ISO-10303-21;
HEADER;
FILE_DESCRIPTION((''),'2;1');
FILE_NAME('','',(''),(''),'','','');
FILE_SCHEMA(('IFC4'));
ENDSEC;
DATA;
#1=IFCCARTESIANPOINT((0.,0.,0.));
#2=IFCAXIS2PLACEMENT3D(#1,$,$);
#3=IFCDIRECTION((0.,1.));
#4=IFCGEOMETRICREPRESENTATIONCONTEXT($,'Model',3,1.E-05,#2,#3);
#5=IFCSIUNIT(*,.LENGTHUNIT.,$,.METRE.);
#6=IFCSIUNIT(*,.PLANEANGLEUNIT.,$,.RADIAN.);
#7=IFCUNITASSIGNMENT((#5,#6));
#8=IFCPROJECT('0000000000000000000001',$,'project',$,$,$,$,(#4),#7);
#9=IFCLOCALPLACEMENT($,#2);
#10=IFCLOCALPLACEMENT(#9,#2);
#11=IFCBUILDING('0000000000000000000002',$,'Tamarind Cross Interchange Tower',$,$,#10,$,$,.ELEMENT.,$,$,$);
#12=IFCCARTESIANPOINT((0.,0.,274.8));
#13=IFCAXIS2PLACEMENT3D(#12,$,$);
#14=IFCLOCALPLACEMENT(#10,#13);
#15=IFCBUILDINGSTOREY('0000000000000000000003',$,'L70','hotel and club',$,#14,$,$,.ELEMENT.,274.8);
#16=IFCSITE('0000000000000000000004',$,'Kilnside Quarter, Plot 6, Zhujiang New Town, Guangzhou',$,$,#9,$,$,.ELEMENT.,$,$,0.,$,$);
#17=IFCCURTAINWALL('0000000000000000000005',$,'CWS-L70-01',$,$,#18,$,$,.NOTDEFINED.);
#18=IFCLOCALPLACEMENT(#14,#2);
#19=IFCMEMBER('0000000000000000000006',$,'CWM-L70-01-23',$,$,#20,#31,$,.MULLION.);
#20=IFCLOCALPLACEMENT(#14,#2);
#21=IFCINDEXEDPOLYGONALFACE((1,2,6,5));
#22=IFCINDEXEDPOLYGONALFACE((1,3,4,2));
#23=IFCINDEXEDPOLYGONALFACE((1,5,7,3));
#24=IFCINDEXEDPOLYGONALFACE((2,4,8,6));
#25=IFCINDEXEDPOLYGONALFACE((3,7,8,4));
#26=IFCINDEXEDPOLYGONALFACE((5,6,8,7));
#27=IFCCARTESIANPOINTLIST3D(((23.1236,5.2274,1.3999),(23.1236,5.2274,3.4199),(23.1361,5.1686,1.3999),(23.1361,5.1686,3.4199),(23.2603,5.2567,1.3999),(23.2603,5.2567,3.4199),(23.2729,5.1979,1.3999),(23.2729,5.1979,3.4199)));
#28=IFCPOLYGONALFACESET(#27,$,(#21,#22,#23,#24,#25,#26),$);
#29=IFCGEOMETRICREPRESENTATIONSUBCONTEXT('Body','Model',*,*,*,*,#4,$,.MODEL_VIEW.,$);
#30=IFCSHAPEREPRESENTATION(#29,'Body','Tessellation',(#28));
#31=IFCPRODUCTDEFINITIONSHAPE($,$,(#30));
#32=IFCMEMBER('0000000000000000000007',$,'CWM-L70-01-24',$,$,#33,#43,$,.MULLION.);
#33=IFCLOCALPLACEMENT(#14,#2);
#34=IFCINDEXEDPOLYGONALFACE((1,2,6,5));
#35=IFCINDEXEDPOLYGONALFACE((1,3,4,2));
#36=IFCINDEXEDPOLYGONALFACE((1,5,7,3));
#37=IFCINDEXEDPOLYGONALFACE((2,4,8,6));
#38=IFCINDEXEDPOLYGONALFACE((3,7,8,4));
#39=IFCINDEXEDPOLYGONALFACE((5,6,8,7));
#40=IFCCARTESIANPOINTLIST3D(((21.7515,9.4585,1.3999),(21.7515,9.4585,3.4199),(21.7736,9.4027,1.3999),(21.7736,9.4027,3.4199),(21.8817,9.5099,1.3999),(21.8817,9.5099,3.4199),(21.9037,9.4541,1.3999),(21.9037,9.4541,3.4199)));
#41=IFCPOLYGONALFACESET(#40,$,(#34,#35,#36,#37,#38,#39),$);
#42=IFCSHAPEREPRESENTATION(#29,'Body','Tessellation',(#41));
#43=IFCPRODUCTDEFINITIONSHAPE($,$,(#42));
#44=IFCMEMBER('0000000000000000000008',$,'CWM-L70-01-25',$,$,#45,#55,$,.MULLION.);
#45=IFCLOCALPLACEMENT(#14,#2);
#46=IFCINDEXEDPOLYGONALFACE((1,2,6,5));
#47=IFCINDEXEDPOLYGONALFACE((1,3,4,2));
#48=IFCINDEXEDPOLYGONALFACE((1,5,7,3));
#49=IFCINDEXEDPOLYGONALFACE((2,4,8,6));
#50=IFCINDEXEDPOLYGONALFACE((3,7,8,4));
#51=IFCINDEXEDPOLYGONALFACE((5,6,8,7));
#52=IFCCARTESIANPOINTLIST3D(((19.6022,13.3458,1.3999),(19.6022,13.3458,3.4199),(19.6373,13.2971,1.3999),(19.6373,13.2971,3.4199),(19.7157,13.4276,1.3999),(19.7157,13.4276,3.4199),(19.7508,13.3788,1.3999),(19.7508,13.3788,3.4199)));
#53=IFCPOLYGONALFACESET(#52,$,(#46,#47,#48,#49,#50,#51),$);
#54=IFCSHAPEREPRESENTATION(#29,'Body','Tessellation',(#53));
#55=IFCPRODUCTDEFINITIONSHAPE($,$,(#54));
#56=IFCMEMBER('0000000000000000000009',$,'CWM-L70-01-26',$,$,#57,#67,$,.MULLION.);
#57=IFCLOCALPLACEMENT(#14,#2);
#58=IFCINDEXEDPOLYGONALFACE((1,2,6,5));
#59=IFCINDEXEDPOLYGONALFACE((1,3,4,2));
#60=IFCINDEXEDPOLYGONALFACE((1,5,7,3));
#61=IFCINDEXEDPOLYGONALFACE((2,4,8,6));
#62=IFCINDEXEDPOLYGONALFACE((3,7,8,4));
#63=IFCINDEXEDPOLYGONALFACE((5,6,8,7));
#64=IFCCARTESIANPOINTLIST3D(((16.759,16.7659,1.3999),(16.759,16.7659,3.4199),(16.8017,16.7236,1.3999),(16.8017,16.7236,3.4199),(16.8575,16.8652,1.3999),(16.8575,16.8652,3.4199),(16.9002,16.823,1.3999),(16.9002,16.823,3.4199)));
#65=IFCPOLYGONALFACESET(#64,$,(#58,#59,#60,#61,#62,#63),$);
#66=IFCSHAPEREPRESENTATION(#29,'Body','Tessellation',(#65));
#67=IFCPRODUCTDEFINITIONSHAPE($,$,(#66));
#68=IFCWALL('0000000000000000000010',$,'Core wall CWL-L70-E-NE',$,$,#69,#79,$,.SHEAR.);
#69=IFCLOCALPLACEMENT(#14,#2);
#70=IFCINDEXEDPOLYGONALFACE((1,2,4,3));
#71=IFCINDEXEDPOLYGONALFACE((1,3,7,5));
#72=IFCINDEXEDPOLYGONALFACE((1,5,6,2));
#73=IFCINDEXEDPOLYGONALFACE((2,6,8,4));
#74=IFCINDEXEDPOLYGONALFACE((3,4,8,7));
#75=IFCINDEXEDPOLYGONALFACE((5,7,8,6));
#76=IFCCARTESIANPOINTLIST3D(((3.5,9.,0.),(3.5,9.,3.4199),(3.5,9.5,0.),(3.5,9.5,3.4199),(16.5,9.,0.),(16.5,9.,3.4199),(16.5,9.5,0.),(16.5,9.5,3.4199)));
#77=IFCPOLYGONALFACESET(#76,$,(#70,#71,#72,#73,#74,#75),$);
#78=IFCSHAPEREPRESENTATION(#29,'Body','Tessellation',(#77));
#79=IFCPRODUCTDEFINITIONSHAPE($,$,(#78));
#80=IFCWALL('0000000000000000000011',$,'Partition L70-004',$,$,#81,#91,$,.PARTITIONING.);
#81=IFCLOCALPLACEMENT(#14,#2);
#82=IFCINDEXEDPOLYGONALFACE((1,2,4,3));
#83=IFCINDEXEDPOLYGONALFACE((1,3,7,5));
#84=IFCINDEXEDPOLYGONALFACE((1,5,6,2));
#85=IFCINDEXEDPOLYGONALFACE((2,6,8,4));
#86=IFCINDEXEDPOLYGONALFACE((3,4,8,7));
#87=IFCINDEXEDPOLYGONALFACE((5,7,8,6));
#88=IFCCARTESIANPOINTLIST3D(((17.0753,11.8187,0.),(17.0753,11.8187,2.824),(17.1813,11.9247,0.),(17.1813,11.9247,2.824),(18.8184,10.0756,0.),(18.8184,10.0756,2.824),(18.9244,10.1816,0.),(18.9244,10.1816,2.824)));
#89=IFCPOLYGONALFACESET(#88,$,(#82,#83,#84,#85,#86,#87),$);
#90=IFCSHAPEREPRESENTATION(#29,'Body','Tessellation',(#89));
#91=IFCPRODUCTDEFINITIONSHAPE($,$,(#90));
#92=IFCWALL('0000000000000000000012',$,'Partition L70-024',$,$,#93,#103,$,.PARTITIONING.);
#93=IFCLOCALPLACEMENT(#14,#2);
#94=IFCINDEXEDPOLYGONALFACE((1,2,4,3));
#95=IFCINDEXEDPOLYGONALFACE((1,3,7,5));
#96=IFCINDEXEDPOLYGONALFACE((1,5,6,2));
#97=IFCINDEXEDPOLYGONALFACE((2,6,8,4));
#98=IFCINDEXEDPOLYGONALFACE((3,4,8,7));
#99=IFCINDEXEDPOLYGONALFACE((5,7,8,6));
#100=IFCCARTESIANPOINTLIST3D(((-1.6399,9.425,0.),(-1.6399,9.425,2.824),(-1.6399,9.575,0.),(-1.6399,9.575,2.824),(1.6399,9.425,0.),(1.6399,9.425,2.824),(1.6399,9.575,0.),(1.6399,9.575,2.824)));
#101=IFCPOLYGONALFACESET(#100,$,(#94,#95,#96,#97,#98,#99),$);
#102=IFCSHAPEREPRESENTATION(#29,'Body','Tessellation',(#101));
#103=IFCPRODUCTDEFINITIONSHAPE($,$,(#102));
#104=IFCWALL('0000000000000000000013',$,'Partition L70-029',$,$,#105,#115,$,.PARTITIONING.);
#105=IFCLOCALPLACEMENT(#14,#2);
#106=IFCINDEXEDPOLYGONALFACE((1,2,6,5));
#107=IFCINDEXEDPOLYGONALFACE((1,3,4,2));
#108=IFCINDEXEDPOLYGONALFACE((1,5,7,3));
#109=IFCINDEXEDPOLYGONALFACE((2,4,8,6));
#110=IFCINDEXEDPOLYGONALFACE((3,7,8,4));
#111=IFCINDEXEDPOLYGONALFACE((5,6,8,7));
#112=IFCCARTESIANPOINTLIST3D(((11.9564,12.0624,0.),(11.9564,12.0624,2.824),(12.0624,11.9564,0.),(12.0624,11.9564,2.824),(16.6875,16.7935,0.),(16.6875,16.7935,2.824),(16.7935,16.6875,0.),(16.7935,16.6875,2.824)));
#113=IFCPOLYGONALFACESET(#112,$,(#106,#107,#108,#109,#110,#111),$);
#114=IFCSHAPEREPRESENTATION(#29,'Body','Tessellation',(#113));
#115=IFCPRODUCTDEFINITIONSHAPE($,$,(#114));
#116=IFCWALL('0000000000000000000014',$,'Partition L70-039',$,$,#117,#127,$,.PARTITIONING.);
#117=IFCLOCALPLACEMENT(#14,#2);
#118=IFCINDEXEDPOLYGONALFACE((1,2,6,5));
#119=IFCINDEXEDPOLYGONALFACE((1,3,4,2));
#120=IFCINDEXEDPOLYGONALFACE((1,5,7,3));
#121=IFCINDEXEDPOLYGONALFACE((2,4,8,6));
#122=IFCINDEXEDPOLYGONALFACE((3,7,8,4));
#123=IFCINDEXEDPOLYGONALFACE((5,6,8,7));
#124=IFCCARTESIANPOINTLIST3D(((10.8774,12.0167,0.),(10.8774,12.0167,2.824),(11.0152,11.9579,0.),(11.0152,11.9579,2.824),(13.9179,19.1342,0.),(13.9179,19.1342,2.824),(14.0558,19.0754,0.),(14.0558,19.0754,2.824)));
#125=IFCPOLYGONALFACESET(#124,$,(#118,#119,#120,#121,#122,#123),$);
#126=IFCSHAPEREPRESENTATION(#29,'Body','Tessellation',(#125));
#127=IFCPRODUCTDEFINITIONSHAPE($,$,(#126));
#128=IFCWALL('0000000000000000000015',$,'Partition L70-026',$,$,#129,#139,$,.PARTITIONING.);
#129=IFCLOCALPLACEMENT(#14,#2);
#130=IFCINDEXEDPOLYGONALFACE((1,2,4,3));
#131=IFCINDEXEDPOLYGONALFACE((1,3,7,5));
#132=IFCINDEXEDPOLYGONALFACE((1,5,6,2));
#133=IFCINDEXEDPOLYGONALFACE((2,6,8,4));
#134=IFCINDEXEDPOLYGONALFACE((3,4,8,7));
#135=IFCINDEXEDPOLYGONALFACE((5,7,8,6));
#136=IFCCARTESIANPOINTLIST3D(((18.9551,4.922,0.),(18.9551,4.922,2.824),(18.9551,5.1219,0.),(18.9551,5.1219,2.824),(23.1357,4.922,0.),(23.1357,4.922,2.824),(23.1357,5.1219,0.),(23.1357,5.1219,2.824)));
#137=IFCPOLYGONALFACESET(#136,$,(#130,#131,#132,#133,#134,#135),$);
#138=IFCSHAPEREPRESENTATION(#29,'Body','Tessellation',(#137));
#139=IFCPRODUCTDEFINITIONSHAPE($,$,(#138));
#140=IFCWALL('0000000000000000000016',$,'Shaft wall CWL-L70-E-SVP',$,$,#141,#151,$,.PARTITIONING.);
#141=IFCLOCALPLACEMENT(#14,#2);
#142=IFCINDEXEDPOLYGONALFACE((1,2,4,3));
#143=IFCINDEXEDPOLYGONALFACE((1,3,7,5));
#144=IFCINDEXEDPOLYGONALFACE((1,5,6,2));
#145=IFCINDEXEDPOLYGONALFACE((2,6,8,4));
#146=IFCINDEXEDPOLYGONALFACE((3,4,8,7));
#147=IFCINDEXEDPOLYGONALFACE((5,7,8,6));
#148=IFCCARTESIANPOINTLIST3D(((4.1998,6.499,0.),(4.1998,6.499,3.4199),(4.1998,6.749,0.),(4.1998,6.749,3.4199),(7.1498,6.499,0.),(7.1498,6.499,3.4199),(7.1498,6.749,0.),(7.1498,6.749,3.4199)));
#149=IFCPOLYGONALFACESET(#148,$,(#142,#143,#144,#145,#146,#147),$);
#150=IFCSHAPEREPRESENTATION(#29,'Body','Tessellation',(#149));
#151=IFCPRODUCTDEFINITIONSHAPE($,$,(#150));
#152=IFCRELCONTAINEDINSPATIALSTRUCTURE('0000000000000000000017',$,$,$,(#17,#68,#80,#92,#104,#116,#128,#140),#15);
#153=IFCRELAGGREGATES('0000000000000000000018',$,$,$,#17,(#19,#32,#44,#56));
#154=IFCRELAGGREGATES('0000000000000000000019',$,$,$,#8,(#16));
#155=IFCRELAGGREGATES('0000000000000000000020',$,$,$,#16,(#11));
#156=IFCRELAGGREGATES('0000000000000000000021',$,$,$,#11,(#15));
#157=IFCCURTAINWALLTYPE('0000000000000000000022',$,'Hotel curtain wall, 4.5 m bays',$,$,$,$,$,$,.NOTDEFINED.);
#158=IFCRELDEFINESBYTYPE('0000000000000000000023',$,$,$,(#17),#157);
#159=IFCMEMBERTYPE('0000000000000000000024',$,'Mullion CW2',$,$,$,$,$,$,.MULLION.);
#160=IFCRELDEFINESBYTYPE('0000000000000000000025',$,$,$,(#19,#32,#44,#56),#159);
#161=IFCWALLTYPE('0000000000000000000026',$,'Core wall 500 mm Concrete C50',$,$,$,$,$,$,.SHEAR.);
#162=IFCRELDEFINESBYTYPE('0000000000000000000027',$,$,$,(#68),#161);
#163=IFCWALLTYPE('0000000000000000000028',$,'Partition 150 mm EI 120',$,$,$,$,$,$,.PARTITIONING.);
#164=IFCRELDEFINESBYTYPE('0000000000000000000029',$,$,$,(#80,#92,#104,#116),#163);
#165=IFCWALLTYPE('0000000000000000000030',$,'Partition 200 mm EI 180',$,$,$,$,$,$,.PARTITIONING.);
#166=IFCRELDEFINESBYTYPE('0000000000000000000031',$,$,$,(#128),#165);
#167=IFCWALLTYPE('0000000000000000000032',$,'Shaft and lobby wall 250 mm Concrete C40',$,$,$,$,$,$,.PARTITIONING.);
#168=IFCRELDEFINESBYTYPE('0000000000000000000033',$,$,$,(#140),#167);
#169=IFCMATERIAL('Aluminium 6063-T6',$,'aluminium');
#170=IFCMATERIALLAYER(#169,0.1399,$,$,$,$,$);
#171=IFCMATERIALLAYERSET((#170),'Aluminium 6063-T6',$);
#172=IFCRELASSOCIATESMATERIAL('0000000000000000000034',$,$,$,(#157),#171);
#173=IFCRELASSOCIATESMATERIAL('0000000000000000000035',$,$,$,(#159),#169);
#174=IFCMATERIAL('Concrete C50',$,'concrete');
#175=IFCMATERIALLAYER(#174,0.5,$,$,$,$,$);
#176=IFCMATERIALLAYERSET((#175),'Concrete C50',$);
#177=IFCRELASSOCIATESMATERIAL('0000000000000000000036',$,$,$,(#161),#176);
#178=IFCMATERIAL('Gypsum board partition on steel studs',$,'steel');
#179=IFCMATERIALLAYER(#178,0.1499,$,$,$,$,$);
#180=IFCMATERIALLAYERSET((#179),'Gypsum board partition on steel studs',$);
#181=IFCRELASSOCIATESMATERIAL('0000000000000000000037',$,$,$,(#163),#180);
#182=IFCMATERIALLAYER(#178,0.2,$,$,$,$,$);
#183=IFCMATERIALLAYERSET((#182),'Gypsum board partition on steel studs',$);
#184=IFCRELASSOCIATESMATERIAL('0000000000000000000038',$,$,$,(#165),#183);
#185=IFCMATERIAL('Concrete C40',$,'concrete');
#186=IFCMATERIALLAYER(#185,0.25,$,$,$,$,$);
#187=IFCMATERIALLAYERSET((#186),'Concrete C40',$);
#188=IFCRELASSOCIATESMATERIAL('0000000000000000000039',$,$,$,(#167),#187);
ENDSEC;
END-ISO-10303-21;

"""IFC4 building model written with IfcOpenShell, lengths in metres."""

from ifc_helpers import new_model, si_unit, direction, frame, frame_2d, origin, origin_2d, place, context, subcontext, project, spatial, rectangle, extrude, material, layer, layer_set, material_profile, profile_set, type_object, element, aggregate, save


model = new_model("IFC4")

# Units and contexts
model_context = context("Model", 3, precision=1e-05, world=origin(), true_north=direction((0.0, 1.0)))
body_context = subcontext(model_context, "Body", "Model", "MODEL_VIEW")
ifc_project = project(units=[si_unit("LENGTHUNIT", "METRE"), si_unit("PLANEANGLEUNIT", "RADIAN")], contexts=[model_context])

# Site, building, storey
site_placement = place(None, origin())
site = spatial("IfcSite", under=ifc_project, at=site_placement, Name="Kilnside Quarter, Plot 6, Zhujiang New Town, Guangzhou", CompositionType="ELEMENT", RefElevation=0.0)
building_placement = place(site_placement, origin())
building = spatial("IfcBuilding", under=site, at=building_placement, Name="Tamarind Cross Interchange Tower", CompositionType="ELEMENT")
storey_placement = place(building_placement, frame((0.0, 0.0, 274.8)))
storey = spatial("IfcBuildingStorey", under=building, at=storey_placement, Name="L70", Description="hotel and club", CompositionType="ELEMENT", Elevation=274.8)

# Curtain wall, members
ifc_material_1 = material(Name="Aluminium 6063-T6", Category="aluminium")
ifc_layer_1 = layer(ifc_material_1, 0.1399)
ifc_layer_set_1 = layer_set([ifc_layer_1], Name="Aluminium 6063-T6")
curtain_wall_type = type_object("IfcCurtainWallType", Name="Hotel curtain wall, 4.5 m bays", PredefinedType="NOTDEFINED", material=ifc_layer_set_1)
curtain_wall_placement = place(storey_placement, origin())
curtain_wall = element("IfcCurtainWall", 1, at=curtain_wall_placement, inside=storey, type_object=curtain_wall_type, Name="CWS-L70-01", PredefinedType="NOTDEFINED")
ifc_material_profile_1 = material_profile(ifc_material_1, rectangle(XDim=0.0601, YDim=0.1399, at=origin_2d()), Name="Mullion CW2")
ifc_profile_set_1 = profile_set([ifc_material_profile_1], Name="Aluminium 6063-T6")
member_type = type_object("IfcMemberType", Name="Mullion CW2", PredefinedType="MULLION", material=ifc_profile_set_1)
member_1_placement = place(storey_placement, frame((23.1982, 5.2126, 1.3999), z_axis=(0.0, 0.0, 1.0), x_axis=(-0.209425, 0.977825, 0.0)))
member_1 = element("IfcMember", 2, at=member_1_placement, type_object=member_type, Name="CWM-L70-01-23", PredefinedType="MULLION", context=body_context, shape_type="SweptSolid", body=[
    extrude(rectangle(XDim=0.0601, YDim=0.1399, at=origin_2d()), origin(), (0.0, 0.0, 1.0), 2.02),
])
member_2_placement = place(storey_placement, frame((21.8276, 9.4563, 1.3999), z_axis=(0.0, 0.0, 1.0), x_axis=(-0.367514, 0.930018, 0.0)))
member_2 = element("IfcMember", 3, at=member_2_placement, type_object=member_type, Name="CWM-L70-01-24", PredefinedType="MULLION", context=body_context, shape_type="SweptSolid", body=[
    extrude(rectangle(XDim=0.0601, YDim=0.1399, at=origin_2d()), origin(), (0.0, 0.0, 1.0), 2.02),
])
member_3_placement = place(storey_placement, frame((19.6765, 13.3623, 1.3999), z_axis=(0.0, 0.0, 1.0), x_axis=(-0.584574, 0.81134, 0.0)))
member_3 = element("IfcMember", 4, at=member_3_placement, type_object=member_type, Name="CWM-L70-01-25", PredefinedType="MULLION", context=body_context, shape_type="SweptSolid", body=[
    extrude(rectangle(XDim=0.0601, YDim=0.1399, at=origin_2d()), origin(), (0.0, 0.0, 1.0), 2.02),
])
member_4_placement = place(storey_placement, frame((16.8296, 16.7944, 1.3999), z_axis=(0.0, 0.0, 1.0), x_axis=(-0.710143, 0.704057, 0.0)))
member_4 = element("IfcMember", 5, at=member_4_placement, type_object=member_type, Name="CWM-L70-01-26", PredefinedType="MULLION", context=body_context, shape_type="SweptSolid", body=[
    extrude(rectangle(XDim=0.0601, YDim=0.1399, at=origin_2d()), origin(), (0.0, 0.0, 1.0), 2.02),
])
aggregate(curtain_wall, [member_1, member_2, member_3, member_4])

# Walls
ifc_material_2 = material(Name="Concrete C50", Category="concrete")
ifc_layer_2 = layer(ifc_material_2, 0.5)
ifc_layer_set_2 = layer_set([ifc_layer_2], Name="Concrete C50")
wall_type_1 = type_object("IfcWallType", Name="Core wall 500 mm Concrete C50", PredefinedType="SHEAR", material=ifc_layer_set_2)
wall_1_placement = place(storey_placement, frame((16.5, 9.25, 0.0), z_axis=(0.0, 0.0, 1.0), x_axis=(-1.0, 0.0, 0.0)))
element("IfcWall", 6, at=wall_1_placement, inside=storey, type_object=wall_type_1, Name="Core wall CWL-L70-E-NE", PredefinedType="SHEAR", context=body_context, shape_type="SweptSolid", body=[
    extrude(rectangle(XDim=13.0, YDim=0.5, at=frame_2d((6.5, 0.0))), origin(), (0.0, 0.0, 1.0), 3.4199),
])
ifc_material_3 = material(Name="Gypsum board partition on steel studs", Category="steel")
ifc_layer_3 = layer(ifc_material_3, 0.1499)
ifc_layer_set_3 = layer_set([ifc_layer_3], Name="Gypsum board partition on steel studs")
wall_type_2 = type_object("IfcWallType", Name="Partition 150 mm EI 120", PredefinedType="PARTITIONING", material=ifc_layer_set_3)
wall_2_placement = place(storey_placement, frame((17.1284, 11.8716, 0.0), z_axis=(0.0, 0.0, 1.0), x_axis=(0.707107, -0.707107, 0.0)))
element("IfcWall", 7, at=wall_2_placement, inside=storey, type_object=wall_type_2, Name="Partition L70-004", PredefinedType="PARTITIONING", context=body_context, shape_type="SweptSolid", body=[
    extrude(rectangle(XDim=2.4651, YDim=0.1499, at=frame_2d((1.2324, 0.0))), origin(), (0.0, 0.0, 1.0), 2.824),
])
wall_3_placement = place(storey_placement, frame((-1.6399, 9.5, 0.0), z_axis=(0.0, 0.0, 1.0), x_axis=(1.0, 0.0, 0.0)))
element("IfcWall", 8, at=wall_3_placement, inside=storey, type_object=wall_type_2, Name="Partition L70-024", PredefinedType="PARTITIONING", context=body_context, shape_type="SweptSolid", body=[
    extrude(rectangle(XDim=3.2798, YDim=0.1499, at=frame_2d((1.6399, 0.0))), origin(), (0.0, 0.0, 1.0), 2.824),
])
wall_4_placement = place(storey_placement, frame((12.0095, 12.0095, 0.0), z_axis=(0.0, 0.0, 1.0), x_axis=(0.707107, 0.707107, 0.0)))
element("IfcWall", 9, at=wall_4_placement, inside=storey, type_object=wall_type_2, Name="Partition L70-029", PredefinedType="PARTITIONING", context=body_context, shape_type="SweptSolid", body=[
    extrude(rectangle(XDim=6.6907, YDim=0.1499, at=frame_2d((3.3452, 0.0))), origin(), (0.0, 0.0, 1.0), 2.824),
])
wall_5_placement = place(storey_placement, frame((10.9463, 11.9873, 0.0), z_axis=(0.0, 0.0, 1.0), x_axis=(0.392849, 0.919603, 0.0)))
element("IfcWall", 10, at=wall_5_placement, inside=storey, type_object=wall_type_2, Name="Partition L70-039", PredefinedType="PARTITIONING", context=body_context, shape_type="SweptSolid", body=[
    extrude(rectangle(XDim=7.7397, YDim=0.1499, at=frame_2d((3.8699, 0.0))), origin(), (0.0, 0.0, 1.0), 2.824),
])
ifc_layer_4 = layer(ifc_material_3, 0.2)
ifc_layer_set_4 = layer_set([ifc_layer_4], Name="Gypsum board partition on steel studs")
wall_type_3 = type_object("IfcWallType", Name="Partition 200 mm EI 180", PredefinedType="PARTITIONING", material=ifc_layer_set_4)
wall_6_placement = place(storey_placement, frame((18.9551, 5.022, 0.0), z_axis=(0.0, 0.0, 1.0), x_axis=(1.0, 0.0, 0.0)))
element("IfcWall", 11, at=wall_6_placement, inside=storey, type_object=wall_type_3, Name="Partition L70-026", PredefinedType="PARTITIONING", context=body_context, shape_type="SweptSolid", body=[
    extrude(rectangle(XDim=4.1807, YDim=0.2, at=frame_2d((2.0903, 0.0))), origin(), (0.0, 0.0, 1.0), 2.824),
])
ifc_material_4 = material(Name="Concrete C40", Category="concrete")
ifc_layer_5 = layer(ifc_material_4, 0.25)
ifc_layer_set_5 = layer_set([ifc_layer_5], Name="Concrete C40")
wall_type_4 = type_object("IfcWallType", Name="Shaft and lobby wall 250 mm Concrete C40", PredefinedType="PARTITIONING", material=ifc_layer_set_5)
wall_7_placement = place(storey_placement, frame((7.1499, 6.624, 0.0), z_axis=(0.0, 0.0, 1.0), x_axis=(-1.0, 0.0, 0.0)))
element("IfcWall", 12, at=wall_7_placement, inside=storey, type_object=wall_type_4, Name="Shaft wall CWL-L70-E-SVP", PredefinedType="PARTITIONING", context=body_context, shape_type="SweptSolid", body=[
    extrude(rectangle(XDim=2.95, YDim=0.25, at=frame_2d((1.4751, 0.0))), origin(), (0.0, 0.0, 1.0), 3.4199),
])

save(model, "model.ifc")
